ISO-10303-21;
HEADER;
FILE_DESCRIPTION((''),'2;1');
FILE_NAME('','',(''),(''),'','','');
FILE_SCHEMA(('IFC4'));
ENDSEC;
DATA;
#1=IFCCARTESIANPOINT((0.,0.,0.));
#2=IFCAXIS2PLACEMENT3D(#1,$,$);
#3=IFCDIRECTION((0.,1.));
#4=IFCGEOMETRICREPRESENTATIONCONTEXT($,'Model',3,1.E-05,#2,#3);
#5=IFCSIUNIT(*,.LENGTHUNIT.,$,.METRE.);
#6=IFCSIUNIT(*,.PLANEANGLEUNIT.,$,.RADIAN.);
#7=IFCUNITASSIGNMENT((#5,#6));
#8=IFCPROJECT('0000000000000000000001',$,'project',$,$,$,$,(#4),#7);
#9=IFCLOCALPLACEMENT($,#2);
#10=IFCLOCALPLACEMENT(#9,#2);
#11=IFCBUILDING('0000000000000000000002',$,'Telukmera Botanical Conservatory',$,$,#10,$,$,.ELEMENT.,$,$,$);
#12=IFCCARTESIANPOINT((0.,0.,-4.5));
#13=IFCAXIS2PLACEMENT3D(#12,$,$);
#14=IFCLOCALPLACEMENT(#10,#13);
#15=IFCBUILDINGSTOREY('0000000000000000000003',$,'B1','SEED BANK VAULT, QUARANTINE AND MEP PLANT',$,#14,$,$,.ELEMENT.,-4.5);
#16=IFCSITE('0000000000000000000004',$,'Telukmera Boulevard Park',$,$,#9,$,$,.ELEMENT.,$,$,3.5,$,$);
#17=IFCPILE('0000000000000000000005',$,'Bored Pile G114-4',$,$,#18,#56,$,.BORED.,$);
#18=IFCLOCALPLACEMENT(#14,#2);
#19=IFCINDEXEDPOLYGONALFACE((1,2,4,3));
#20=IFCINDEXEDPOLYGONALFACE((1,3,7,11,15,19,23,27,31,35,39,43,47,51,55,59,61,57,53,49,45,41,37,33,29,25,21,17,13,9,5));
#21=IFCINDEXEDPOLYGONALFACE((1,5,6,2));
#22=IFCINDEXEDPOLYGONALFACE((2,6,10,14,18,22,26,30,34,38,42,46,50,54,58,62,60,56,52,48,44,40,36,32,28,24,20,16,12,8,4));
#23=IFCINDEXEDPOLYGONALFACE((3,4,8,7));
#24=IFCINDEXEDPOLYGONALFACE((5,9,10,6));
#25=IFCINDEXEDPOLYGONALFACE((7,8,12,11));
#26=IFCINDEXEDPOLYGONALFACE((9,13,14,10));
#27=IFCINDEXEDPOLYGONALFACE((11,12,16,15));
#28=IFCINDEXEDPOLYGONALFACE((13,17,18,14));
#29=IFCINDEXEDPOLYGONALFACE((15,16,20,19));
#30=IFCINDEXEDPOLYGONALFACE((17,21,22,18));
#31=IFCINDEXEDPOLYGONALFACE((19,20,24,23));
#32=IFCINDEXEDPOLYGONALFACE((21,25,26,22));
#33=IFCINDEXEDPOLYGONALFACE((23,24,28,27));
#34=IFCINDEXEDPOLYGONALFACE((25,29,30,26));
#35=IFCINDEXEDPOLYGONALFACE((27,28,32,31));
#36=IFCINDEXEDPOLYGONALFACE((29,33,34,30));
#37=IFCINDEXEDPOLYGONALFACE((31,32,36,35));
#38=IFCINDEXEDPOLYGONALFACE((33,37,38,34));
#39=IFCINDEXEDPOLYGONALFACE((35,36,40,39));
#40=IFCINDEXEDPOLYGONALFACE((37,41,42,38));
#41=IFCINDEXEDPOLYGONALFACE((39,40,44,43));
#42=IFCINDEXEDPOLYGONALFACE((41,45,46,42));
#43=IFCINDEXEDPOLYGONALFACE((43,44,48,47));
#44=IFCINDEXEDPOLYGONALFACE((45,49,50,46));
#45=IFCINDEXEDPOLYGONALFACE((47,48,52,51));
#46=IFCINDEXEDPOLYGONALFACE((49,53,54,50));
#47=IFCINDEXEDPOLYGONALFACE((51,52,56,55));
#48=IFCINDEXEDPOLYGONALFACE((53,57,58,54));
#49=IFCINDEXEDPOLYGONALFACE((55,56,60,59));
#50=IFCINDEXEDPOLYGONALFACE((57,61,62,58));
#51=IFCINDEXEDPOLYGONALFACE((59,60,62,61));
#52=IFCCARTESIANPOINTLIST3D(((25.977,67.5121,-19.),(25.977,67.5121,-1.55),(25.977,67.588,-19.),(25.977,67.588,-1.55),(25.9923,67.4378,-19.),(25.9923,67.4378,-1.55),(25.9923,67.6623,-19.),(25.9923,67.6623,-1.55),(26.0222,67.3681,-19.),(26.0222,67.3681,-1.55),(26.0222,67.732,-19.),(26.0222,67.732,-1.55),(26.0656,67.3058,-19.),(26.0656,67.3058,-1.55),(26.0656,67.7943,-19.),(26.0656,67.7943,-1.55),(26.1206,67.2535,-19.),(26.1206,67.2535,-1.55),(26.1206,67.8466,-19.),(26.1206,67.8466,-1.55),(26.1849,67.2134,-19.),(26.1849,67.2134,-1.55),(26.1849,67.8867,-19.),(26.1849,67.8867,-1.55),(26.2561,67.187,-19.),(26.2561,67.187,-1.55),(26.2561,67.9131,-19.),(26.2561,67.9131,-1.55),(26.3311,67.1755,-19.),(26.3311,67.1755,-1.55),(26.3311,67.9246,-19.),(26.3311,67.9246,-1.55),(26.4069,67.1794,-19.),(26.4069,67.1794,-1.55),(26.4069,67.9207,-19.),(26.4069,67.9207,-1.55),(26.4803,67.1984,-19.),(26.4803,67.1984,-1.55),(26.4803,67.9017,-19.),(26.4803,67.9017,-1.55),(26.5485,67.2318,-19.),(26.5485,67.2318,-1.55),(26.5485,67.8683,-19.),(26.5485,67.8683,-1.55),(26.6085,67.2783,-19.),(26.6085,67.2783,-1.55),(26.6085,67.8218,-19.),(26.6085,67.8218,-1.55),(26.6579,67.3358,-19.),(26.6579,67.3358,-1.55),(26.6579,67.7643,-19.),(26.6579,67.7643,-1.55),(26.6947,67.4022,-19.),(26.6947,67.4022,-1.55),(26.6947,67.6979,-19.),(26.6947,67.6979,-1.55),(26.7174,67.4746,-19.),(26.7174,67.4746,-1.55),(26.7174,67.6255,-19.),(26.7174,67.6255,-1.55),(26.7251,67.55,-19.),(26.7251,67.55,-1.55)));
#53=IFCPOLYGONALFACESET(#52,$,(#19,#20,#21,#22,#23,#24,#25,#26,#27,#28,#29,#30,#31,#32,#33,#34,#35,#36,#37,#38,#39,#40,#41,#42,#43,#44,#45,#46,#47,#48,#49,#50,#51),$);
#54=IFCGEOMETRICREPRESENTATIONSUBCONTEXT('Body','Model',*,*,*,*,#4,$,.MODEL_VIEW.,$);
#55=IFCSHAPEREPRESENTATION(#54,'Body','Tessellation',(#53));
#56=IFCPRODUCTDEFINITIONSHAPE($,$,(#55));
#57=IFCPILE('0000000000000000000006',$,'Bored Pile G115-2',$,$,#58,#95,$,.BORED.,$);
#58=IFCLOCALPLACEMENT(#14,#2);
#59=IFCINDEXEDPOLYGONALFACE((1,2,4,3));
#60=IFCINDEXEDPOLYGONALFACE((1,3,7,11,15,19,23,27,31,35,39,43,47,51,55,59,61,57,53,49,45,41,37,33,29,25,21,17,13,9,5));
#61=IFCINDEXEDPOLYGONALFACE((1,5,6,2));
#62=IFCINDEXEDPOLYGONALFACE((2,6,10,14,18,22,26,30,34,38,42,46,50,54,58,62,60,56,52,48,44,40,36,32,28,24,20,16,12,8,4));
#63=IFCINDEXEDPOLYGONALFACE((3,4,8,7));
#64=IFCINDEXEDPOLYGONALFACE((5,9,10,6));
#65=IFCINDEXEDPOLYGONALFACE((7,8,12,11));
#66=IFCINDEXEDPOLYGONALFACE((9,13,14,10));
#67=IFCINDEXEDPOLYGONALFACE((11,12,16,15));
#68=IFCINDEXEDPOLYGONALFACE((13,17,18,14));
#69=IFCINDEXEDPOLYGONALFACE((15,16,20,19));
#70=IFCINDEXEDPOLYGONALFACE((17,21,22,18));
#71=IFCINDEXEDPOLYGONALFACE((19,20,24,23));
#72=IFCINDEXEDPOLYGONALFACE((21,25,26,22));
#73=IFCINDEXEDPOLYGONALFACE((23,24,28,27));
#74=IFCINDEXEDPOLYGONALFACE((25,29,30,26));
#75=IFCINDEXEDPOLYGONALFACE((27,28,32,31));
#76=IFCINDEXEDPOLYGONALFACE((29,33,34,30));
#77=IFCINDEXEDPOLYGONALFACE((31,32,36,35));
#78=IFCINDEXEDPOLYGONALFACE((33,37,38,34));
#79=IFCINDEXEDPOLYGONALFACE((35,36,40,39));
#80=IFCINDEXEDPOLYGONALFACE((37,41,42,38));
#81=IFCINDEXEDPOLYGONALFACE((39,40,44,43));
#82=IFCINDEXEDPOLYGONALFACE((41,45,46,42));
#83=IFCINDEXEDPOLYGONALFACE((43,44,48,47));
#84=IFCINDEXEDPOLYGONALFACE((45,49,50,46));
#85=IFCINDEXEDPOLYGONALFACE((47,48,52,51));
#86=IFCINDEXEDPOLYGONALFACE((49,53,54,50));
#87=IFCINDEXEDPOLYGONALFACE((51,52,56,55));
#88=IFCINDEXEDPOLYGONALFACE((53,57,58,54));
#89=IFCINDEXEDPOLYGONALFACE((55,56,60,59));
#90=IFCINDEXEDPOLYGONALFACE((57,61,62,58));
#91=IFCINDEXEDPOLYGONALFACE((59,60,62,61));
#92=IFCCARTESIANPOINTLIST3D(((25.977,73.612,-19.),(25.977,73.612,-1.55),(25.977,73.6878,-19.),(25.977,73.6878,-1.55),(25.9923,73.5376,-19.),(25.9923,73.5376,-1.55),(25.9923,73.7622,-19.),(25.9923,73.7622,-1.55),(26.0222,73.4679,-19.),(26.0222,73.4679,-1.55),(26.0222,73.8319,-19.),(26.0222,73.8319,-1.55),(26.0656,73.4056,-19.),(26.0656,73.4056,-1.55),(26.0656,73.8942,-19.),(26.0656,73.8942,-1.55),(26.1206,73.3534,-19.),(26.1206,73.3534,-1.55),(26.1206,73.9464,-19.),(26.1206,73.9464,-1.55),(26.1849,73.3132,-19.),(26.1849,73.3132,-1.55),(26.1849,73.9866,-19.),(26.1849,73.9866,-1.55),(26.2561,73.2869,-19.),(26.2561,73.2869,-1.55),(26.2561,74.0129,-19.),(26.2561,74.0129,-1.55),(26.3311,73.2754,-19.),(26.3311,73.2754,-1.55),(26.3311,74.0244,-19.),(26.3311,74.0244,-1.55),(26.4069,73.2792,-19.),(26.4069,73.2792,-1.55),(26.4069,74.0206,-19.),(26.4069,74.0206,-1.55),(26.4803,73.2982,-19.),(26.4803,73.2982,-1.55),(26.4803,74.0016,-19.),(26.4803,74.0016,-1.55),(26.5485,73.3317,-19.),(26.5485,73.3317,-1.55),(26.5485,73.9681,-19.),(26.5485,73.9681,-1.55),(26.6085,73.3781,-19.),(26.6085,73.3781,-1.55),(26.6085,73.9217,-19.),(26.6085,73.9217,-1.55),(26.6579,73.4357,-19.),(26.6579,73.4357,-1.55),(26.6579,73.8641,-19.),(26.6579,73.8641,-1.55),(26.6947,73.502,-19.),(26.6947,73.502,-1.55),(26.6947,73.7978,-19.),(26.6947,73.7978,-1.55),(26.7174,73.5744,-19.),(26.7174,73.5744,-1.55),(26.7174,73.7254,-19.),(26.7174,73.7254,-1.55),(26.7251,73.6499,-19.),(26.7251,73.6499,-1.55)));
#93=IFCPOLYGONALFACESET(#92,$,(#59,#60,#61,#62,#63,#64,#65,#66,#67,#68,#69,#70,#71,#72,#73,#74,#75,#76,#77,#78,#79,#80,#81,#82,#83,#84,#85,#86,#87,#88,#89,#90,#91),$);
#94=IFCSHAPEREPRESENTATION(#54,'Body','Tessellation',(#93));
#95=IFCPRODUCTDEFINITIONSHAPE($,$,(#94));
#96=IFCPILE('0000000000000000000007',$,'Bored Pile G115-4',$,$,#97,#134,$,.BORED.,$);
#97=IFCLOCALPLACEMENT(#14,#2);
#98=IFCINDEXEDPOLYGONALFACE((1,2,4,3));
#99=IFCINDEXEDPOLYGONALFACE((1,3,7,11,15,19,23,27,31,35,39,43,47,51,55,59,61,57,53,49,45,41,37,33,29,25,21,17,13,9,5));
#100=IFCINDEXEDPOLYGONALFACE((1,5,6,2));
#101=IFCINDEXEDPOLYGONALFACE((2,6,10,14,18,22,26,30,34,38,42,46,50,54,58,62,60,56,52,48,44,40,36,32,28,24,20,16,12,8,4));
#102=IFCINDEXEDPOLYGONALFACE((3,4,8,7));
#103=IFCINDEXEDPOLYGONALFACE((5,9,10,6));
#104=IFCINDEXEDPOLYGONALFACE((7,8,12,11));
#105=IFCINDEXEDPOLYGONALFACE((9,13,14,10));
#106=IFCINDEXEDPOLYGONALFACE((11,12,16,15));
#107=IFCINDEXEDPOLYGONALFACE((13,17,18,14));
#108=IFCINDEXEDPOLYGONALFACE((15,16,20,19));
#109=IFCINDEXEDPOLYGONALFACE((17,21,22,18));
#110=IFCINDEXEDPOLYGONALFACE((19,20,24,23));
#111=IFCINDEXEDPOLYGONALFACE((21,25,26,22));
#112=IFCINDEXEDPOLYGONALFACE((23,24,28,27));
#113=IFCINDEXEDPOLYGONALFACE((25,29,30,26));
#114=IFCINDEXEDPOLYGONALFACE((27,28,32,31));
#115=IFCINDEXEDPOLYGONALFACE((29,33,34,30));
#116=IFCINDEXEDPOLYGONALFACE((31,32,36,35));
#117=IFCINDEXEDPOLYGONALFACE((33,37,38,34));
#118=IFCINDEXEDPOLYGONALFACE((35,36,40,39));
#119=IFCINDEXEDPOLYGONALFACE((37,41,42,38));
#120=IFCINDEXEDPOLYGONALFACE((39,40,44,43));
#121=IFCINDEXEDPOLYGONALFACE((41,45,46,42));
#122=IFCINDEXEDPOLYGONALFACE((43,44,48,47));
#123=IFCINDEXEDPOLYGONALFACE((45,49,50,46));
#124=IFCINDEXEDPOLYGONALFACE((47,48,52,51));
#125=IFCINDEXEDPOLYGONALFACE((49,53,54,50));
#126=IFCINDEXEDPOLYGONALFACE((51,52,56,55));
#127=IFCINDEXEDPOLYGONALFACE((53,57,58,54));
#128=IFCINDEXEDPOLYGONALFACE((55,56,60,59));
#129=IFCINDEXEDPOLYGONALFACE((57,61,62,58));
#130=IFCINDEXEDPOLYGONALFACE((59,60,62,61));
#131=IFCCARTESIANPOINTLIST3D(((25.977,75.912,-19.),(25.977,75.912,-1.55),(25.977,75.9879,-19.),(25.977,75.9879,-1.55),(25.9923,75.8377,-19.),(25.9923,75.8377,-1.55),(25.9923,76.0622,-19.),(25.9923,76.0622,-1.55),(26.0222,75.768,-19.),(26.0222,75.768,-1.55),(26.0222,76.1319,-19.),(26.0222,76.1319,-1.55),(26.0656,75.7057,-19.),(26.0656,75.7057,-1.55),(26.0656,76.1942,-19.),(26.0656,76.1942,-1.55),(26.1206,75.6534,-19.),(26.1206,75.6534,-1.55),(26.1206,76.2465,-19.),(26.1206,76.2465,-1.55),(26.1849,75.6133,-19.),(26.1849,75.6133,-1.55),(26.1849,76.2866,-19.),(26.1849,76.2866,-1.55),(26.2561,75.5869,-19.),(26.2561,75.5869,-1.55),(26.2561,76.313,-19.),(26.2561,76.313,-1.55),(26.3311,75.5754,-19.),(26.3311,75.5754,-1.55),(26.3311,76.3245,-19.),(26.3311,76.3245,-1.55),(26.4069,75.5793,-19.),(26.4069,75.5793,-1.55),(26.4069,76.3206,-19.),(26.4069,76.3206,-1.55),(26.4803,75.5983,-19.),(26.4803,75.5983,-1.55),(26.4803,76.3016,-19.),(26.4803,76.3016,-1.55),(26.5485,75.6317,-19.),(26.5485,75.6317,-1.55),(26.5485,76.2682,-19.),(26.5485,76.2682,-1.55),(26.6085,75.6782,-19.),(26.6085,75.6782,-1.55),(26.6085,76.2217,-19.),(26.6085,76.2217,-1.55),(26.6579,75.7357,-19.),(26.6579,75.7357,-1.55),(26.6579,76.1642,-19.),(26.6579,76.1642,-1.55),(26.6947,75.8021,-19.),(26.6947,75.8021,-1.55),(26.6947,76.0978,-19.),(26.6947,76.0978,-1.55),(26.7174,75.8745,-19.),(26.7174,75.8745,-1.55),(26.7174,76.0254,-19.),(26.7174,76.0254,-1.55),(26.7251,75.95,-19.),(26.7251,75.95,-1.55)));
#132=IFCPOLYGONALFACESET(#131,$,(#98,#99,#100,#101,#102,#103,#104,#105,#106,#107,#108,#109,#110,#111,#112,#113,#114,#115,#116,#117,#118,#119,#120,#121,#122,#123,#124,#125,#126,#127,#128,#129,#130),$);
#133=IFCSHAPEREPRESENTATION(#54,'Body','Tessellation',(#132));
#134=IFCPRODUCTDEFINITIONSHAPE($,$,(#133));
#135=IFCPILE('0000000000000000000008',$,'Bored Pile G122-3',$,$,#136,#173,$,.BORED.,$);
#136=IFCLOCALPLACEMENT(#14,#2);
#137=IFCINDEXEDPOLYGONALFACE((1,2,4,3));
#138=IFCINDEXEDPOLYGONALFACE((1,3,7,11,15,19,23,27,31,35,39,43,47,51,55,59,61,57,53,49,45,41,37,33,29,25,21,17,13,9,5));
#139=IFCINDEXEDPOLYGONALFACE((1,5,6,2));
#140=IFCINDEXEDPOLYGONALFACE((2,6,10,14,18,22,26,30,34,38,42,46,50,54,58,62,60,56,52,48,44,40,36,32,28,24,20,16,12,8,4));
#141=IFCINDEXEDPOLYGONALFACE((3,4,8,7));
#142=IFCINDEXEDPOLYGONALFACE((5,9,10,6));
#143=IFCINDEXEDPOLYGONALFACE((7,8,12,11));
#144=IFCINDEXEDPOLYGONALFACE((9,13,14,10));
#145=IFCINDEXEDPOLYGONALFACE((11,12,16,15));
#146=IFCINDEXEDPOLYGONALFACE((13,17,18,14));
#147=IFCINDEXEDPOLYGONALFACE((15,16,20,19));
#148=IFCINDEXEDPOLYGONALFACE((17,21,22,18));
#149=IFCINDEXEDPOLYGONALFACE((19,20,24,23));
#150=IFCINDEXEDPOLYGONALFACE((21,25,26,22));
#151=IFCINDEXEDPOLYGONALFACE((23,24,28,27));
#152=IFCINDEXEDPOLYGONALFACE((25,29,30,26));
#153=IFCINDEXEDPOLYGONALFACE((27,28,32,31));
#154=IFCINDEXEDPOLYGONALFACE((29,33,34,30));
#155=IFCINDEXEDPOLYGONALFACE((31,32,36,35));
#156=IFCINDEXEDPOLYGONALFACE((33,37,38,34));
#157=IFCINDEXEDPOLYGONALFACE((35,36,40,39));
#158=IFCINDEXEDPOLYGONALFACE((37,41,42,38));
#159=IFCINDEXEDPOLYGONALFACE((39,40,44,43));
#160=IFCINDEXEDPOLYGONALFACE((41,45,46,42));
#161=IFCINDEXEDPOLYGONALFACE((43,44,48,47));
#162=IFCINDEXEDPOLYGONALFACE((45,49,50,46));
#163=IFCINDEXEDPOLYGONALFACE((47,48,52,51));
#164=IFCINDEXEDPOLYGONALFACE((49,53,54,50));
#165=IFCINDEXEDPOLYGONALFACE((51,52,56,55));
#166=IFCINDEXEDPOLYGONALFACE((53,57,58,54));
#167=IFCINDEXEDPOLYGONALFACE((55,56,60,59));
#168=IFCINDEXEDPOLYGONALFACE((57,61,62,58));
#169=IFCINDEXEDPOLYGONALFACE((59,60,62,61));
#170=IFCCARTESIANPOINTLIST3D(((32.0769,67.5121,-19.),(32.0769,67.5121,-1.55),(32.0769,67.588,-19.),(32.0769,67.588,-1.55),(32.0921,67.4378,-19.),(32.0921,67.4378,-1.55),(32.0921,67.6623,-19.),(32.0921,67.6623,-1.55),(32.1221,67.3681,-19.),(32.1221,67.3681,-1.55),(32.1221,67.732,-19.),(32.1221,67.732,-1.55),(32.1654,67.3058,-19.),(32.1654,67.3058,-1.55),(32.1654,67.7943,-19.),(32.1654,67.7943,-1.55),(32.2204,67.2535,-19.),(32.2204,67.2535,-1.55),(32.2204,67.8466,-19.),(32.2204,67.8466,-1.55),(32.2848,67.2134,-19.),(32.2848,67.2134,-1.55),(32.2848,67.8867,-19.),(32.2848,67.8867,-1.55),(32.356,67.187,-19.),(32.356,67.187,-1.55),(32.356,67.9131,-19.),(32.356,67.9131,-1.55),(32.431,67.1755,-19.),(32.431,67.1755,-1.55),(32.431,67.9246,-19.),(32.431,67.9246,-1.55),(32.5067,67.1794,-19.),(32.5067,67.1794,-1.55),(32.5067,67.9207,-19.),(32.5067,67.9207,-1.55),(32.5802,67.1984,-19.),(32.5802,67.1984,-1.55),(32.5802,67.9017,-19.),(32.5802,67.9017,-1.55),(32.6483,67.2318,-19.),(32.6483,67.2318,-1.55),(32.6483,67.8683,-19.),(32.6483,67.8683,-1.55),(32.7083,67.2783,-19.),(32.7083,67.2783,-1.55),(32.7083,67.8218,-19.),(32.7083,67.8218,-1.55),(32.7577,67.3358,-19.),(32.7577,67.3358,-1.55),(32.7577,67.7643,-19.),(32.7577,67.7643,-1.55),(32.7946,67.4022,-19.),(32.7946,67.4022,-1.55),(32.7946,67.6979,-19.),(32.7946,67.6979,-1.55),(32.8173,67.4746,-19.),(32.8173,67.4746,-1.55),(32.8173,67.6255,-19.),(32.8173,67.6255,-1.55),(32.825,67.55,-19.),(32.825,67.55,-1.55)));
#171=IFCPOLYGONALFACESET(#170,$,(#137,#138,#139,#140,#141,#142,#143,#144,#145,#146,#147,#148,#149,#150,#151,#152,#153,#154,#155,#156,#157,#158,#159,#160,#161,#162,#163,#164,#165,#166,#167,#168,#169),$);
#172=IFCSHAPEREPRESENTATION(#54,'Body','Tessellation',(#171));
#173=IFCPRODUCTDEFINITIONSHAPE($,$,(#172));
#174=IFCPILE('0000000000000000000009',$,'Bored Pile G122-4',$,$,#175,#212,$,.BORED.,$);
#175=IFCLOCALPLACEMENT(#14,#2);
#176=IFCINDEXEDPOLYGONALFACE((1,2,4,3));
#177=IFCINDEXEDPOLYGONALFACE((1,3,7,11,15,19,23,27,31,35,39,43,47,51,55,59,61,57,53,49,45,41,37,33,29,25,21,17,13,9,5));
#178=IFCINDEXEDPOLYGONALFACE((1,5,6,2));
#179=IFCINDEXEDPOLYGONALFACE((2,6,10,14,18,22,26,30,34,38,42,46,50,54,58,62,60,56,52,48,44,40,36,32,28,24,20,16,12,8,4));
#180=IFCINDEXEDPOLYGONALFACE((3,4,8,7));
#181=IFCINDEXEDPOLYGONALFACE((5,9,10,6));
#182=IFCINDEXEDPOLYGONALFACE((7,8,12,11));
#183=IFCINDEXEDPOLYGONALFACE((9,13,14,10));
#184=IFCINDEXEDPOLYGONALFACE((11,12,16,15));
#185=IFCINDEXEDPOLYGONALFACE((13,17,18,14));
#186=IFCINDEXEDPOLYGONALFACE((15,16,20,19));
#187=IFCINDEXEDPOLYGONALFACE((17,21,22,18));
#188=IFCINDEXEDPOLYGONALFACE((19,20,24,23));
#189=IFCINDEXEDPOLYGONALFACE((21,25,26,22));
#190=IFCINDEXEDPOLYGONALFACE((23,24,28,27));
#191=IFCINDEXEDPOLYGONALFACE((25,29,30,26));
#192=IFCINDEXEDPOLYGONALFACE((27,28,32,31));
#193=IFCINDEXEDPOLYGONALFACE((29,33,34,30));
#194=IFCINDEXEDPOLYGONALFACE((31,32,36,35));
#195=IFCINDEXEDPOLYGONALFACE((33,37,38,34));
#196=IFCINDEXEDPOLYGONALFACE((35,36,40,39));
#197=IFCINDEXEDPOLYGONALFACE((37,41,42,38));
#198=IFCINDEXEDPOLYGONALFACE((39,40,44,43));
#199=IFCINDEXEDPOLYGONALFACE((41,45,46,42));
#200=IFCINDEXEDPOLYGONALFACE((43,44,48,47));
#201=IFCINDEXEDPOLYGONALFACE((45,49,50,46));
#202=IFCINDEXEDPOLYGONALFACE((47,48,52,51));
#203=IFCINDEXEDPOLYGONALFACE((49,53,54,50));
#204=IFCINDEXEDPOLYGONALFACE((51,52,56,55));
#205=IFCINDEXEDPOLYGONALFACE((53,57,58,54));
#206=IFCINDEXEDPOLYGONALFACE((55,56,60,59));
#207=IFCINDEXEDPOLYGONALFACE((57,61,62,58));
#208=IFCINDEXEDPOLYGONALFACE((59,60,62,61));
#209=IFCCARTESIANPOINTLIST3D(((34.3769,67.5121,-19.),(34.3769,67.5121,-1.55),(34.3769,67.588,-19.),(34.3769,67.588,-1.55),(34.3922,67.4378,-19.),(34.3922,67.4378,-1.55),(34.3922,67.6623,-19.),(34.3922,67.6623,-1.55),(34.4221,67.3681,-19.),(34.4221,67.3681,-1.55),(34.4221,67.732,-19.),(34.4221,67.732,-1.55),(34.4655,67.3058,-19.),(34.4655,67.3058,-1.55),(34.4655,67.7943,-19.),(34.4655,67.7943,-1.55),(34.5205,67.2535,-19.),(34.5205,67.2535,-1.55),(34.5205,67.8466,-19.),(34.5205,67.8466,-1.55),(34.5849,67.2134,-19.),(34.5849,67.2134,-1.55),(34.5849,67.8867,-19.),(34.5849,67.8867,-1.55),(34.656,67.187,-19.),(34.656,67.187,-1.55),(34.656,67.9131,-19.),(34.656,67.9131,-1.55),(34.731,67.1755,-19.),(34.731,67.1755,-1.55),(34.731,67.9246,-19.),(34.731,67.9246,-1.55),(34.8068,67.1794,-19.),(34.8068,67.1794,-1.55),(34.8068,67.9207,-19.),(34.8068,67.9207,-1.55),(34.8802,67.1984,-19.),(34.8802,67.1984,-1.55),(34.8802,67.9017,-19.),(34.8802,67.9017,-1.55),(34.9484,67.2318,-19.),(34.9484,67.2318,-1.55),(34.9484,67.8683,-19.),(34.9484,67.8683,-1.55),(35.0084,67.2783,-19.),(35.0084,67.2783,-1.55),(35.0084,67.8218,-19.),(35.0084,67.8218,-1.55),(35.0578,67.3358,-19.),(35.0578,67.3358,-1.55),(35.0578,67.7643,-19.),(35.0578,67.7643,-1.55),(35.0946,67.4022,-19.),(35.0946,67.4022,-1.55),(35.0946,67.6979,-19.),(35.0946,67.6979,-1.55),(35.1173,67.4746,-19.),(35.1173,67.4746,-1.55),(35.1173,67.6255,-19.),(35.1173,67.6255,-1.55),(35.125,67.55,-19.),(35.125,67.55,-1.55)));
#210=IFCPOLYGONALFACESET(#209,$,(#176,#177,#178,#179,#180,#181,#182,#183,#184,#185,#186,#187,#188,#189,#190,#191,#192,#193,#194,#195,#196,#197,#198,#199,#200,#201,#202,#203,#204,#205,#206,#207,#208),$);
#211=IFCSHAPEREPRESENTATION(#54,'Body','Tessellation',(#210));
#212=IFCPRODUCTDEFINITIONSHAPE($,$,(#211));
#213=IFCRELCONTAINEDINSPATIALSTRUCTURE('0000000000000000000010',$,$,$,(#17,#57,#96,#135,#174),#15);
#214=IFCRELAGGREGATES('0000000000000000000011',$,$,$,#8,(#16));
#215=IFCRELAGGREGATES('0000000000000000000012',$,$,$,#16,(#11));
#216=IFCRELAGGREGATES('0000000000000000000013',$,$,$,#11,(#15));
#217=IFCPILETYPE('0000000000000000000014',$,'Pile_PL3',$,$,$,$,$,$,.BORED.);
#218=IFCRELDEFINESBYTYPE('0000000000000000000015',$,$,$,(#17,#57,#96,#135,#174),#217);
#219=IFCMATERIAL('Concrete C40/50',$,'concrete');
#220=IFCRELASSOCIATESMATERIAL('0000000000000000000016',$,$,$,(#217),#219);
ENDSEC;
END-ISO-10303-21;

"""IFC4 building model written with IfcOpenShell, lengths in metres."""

from ifc_helpers import new_model, si_unit, direction, frame, origin, origin_2d, place, context, subcontext, project, spatial, circle, extrude, material, material_profile, profile_set, type_object, element, save


model = new_model("IFC4")

# Units and contexts
model_context = context("Model", 3, precision=1e-05, world=origin(), true_north=direction((0.0, 1.0)))
body_context = subcontext(model_context, "Body", "Model", "MODEL_VIEW")
ifc_project = project(units=[si_unit("LENGTHUNIT", "METRE"), si_unit("PLANEANGLEUNIT", "RADIAN")], contexts=[model_context])

# Site, building, storey
site_placement = place(None, origin())
site = spatial("IfcSite", under=ifc_project, at=site_placement, Name="Telukmera Boulevard Park", CompositionType="ELEMENT", RefElevation=3.5)
building_placement = place(site_placement, origin())
building = spatial("IfcBuilding", under=site, at=building_placement, Name="Telukmera Botanical Conservatory", CompositionType="ELEMENT")
storey_placement = place(building_placement, frame((0.0, 0.0, -4.5)))
storey = spatial("IfcBuildingStorey", under=building, at=storey_placement, Name="B1", Description="SEED BANK VAULT, QUARANTINE AND MEP PLANT", CompositionType="ELEMENT", Elevation=-4.5)

# Shared definitions
ifc_material_1 = material(Name="Concrete C40/50", Category="concrete")

# Piles
ifc_material_profile_1 = material_profile(ifc_material_1, circle(Radius=0.375, at=origin_2d()), Name="PILE D750")
ifc_profile_set_1 = profile_set([ifc_material_profile_1], Name="Concrete C40/50")
pile_type = type_object("IfcPileType", Name="Pile_PL3", PredefinedType="BORED", material=ifc_profile_set_1)
for number, where, z_axis, x_axis, name in (
    (1, (26.3501, 67.55, -1.55), (0.0, 0.0, -1.0), (1.0, 0.0, 0.0), "Bored Pile G114-4"),
    (2, (26.3501, 73.6499, -1.55), (0.0, 0.0, -1.0), (1.0, 0.0, 0.0), "Bored Pile G115-2"),
    (3, (26.3501, 75.95, -1.55), (0.0, 0.0, -1.0), (1.0, 0.0, 0.0), "Bored Pile G115-4"),
    (4, (32.45, 67.55, -1.55), (0.0, 0.0, -1.0), (1.0, 0.0, 0.0), "Bored Pile G122-3"),
    (5, (34.75, 67.55, -1.55), (0.0, 0.0, -1.0), (1.0, 0.0, 0.0), "Bored Pile G122-4"),
):
    element("IfcPile", number, at=place(storey_placement, frame(where, z_axis=z_axis, x_axis=x_axis)), inside=storey, type_object=pile_type, Name=name, PredefinedType="BORED", context=body_context, shape_type="SweptSolid", body=[
        extrude(circle(Radius=0.375, at=origin_2d()), origin(), (0.0, 0.0, 1.0), 17.45),
    ])

save(model, "model.ifc")
